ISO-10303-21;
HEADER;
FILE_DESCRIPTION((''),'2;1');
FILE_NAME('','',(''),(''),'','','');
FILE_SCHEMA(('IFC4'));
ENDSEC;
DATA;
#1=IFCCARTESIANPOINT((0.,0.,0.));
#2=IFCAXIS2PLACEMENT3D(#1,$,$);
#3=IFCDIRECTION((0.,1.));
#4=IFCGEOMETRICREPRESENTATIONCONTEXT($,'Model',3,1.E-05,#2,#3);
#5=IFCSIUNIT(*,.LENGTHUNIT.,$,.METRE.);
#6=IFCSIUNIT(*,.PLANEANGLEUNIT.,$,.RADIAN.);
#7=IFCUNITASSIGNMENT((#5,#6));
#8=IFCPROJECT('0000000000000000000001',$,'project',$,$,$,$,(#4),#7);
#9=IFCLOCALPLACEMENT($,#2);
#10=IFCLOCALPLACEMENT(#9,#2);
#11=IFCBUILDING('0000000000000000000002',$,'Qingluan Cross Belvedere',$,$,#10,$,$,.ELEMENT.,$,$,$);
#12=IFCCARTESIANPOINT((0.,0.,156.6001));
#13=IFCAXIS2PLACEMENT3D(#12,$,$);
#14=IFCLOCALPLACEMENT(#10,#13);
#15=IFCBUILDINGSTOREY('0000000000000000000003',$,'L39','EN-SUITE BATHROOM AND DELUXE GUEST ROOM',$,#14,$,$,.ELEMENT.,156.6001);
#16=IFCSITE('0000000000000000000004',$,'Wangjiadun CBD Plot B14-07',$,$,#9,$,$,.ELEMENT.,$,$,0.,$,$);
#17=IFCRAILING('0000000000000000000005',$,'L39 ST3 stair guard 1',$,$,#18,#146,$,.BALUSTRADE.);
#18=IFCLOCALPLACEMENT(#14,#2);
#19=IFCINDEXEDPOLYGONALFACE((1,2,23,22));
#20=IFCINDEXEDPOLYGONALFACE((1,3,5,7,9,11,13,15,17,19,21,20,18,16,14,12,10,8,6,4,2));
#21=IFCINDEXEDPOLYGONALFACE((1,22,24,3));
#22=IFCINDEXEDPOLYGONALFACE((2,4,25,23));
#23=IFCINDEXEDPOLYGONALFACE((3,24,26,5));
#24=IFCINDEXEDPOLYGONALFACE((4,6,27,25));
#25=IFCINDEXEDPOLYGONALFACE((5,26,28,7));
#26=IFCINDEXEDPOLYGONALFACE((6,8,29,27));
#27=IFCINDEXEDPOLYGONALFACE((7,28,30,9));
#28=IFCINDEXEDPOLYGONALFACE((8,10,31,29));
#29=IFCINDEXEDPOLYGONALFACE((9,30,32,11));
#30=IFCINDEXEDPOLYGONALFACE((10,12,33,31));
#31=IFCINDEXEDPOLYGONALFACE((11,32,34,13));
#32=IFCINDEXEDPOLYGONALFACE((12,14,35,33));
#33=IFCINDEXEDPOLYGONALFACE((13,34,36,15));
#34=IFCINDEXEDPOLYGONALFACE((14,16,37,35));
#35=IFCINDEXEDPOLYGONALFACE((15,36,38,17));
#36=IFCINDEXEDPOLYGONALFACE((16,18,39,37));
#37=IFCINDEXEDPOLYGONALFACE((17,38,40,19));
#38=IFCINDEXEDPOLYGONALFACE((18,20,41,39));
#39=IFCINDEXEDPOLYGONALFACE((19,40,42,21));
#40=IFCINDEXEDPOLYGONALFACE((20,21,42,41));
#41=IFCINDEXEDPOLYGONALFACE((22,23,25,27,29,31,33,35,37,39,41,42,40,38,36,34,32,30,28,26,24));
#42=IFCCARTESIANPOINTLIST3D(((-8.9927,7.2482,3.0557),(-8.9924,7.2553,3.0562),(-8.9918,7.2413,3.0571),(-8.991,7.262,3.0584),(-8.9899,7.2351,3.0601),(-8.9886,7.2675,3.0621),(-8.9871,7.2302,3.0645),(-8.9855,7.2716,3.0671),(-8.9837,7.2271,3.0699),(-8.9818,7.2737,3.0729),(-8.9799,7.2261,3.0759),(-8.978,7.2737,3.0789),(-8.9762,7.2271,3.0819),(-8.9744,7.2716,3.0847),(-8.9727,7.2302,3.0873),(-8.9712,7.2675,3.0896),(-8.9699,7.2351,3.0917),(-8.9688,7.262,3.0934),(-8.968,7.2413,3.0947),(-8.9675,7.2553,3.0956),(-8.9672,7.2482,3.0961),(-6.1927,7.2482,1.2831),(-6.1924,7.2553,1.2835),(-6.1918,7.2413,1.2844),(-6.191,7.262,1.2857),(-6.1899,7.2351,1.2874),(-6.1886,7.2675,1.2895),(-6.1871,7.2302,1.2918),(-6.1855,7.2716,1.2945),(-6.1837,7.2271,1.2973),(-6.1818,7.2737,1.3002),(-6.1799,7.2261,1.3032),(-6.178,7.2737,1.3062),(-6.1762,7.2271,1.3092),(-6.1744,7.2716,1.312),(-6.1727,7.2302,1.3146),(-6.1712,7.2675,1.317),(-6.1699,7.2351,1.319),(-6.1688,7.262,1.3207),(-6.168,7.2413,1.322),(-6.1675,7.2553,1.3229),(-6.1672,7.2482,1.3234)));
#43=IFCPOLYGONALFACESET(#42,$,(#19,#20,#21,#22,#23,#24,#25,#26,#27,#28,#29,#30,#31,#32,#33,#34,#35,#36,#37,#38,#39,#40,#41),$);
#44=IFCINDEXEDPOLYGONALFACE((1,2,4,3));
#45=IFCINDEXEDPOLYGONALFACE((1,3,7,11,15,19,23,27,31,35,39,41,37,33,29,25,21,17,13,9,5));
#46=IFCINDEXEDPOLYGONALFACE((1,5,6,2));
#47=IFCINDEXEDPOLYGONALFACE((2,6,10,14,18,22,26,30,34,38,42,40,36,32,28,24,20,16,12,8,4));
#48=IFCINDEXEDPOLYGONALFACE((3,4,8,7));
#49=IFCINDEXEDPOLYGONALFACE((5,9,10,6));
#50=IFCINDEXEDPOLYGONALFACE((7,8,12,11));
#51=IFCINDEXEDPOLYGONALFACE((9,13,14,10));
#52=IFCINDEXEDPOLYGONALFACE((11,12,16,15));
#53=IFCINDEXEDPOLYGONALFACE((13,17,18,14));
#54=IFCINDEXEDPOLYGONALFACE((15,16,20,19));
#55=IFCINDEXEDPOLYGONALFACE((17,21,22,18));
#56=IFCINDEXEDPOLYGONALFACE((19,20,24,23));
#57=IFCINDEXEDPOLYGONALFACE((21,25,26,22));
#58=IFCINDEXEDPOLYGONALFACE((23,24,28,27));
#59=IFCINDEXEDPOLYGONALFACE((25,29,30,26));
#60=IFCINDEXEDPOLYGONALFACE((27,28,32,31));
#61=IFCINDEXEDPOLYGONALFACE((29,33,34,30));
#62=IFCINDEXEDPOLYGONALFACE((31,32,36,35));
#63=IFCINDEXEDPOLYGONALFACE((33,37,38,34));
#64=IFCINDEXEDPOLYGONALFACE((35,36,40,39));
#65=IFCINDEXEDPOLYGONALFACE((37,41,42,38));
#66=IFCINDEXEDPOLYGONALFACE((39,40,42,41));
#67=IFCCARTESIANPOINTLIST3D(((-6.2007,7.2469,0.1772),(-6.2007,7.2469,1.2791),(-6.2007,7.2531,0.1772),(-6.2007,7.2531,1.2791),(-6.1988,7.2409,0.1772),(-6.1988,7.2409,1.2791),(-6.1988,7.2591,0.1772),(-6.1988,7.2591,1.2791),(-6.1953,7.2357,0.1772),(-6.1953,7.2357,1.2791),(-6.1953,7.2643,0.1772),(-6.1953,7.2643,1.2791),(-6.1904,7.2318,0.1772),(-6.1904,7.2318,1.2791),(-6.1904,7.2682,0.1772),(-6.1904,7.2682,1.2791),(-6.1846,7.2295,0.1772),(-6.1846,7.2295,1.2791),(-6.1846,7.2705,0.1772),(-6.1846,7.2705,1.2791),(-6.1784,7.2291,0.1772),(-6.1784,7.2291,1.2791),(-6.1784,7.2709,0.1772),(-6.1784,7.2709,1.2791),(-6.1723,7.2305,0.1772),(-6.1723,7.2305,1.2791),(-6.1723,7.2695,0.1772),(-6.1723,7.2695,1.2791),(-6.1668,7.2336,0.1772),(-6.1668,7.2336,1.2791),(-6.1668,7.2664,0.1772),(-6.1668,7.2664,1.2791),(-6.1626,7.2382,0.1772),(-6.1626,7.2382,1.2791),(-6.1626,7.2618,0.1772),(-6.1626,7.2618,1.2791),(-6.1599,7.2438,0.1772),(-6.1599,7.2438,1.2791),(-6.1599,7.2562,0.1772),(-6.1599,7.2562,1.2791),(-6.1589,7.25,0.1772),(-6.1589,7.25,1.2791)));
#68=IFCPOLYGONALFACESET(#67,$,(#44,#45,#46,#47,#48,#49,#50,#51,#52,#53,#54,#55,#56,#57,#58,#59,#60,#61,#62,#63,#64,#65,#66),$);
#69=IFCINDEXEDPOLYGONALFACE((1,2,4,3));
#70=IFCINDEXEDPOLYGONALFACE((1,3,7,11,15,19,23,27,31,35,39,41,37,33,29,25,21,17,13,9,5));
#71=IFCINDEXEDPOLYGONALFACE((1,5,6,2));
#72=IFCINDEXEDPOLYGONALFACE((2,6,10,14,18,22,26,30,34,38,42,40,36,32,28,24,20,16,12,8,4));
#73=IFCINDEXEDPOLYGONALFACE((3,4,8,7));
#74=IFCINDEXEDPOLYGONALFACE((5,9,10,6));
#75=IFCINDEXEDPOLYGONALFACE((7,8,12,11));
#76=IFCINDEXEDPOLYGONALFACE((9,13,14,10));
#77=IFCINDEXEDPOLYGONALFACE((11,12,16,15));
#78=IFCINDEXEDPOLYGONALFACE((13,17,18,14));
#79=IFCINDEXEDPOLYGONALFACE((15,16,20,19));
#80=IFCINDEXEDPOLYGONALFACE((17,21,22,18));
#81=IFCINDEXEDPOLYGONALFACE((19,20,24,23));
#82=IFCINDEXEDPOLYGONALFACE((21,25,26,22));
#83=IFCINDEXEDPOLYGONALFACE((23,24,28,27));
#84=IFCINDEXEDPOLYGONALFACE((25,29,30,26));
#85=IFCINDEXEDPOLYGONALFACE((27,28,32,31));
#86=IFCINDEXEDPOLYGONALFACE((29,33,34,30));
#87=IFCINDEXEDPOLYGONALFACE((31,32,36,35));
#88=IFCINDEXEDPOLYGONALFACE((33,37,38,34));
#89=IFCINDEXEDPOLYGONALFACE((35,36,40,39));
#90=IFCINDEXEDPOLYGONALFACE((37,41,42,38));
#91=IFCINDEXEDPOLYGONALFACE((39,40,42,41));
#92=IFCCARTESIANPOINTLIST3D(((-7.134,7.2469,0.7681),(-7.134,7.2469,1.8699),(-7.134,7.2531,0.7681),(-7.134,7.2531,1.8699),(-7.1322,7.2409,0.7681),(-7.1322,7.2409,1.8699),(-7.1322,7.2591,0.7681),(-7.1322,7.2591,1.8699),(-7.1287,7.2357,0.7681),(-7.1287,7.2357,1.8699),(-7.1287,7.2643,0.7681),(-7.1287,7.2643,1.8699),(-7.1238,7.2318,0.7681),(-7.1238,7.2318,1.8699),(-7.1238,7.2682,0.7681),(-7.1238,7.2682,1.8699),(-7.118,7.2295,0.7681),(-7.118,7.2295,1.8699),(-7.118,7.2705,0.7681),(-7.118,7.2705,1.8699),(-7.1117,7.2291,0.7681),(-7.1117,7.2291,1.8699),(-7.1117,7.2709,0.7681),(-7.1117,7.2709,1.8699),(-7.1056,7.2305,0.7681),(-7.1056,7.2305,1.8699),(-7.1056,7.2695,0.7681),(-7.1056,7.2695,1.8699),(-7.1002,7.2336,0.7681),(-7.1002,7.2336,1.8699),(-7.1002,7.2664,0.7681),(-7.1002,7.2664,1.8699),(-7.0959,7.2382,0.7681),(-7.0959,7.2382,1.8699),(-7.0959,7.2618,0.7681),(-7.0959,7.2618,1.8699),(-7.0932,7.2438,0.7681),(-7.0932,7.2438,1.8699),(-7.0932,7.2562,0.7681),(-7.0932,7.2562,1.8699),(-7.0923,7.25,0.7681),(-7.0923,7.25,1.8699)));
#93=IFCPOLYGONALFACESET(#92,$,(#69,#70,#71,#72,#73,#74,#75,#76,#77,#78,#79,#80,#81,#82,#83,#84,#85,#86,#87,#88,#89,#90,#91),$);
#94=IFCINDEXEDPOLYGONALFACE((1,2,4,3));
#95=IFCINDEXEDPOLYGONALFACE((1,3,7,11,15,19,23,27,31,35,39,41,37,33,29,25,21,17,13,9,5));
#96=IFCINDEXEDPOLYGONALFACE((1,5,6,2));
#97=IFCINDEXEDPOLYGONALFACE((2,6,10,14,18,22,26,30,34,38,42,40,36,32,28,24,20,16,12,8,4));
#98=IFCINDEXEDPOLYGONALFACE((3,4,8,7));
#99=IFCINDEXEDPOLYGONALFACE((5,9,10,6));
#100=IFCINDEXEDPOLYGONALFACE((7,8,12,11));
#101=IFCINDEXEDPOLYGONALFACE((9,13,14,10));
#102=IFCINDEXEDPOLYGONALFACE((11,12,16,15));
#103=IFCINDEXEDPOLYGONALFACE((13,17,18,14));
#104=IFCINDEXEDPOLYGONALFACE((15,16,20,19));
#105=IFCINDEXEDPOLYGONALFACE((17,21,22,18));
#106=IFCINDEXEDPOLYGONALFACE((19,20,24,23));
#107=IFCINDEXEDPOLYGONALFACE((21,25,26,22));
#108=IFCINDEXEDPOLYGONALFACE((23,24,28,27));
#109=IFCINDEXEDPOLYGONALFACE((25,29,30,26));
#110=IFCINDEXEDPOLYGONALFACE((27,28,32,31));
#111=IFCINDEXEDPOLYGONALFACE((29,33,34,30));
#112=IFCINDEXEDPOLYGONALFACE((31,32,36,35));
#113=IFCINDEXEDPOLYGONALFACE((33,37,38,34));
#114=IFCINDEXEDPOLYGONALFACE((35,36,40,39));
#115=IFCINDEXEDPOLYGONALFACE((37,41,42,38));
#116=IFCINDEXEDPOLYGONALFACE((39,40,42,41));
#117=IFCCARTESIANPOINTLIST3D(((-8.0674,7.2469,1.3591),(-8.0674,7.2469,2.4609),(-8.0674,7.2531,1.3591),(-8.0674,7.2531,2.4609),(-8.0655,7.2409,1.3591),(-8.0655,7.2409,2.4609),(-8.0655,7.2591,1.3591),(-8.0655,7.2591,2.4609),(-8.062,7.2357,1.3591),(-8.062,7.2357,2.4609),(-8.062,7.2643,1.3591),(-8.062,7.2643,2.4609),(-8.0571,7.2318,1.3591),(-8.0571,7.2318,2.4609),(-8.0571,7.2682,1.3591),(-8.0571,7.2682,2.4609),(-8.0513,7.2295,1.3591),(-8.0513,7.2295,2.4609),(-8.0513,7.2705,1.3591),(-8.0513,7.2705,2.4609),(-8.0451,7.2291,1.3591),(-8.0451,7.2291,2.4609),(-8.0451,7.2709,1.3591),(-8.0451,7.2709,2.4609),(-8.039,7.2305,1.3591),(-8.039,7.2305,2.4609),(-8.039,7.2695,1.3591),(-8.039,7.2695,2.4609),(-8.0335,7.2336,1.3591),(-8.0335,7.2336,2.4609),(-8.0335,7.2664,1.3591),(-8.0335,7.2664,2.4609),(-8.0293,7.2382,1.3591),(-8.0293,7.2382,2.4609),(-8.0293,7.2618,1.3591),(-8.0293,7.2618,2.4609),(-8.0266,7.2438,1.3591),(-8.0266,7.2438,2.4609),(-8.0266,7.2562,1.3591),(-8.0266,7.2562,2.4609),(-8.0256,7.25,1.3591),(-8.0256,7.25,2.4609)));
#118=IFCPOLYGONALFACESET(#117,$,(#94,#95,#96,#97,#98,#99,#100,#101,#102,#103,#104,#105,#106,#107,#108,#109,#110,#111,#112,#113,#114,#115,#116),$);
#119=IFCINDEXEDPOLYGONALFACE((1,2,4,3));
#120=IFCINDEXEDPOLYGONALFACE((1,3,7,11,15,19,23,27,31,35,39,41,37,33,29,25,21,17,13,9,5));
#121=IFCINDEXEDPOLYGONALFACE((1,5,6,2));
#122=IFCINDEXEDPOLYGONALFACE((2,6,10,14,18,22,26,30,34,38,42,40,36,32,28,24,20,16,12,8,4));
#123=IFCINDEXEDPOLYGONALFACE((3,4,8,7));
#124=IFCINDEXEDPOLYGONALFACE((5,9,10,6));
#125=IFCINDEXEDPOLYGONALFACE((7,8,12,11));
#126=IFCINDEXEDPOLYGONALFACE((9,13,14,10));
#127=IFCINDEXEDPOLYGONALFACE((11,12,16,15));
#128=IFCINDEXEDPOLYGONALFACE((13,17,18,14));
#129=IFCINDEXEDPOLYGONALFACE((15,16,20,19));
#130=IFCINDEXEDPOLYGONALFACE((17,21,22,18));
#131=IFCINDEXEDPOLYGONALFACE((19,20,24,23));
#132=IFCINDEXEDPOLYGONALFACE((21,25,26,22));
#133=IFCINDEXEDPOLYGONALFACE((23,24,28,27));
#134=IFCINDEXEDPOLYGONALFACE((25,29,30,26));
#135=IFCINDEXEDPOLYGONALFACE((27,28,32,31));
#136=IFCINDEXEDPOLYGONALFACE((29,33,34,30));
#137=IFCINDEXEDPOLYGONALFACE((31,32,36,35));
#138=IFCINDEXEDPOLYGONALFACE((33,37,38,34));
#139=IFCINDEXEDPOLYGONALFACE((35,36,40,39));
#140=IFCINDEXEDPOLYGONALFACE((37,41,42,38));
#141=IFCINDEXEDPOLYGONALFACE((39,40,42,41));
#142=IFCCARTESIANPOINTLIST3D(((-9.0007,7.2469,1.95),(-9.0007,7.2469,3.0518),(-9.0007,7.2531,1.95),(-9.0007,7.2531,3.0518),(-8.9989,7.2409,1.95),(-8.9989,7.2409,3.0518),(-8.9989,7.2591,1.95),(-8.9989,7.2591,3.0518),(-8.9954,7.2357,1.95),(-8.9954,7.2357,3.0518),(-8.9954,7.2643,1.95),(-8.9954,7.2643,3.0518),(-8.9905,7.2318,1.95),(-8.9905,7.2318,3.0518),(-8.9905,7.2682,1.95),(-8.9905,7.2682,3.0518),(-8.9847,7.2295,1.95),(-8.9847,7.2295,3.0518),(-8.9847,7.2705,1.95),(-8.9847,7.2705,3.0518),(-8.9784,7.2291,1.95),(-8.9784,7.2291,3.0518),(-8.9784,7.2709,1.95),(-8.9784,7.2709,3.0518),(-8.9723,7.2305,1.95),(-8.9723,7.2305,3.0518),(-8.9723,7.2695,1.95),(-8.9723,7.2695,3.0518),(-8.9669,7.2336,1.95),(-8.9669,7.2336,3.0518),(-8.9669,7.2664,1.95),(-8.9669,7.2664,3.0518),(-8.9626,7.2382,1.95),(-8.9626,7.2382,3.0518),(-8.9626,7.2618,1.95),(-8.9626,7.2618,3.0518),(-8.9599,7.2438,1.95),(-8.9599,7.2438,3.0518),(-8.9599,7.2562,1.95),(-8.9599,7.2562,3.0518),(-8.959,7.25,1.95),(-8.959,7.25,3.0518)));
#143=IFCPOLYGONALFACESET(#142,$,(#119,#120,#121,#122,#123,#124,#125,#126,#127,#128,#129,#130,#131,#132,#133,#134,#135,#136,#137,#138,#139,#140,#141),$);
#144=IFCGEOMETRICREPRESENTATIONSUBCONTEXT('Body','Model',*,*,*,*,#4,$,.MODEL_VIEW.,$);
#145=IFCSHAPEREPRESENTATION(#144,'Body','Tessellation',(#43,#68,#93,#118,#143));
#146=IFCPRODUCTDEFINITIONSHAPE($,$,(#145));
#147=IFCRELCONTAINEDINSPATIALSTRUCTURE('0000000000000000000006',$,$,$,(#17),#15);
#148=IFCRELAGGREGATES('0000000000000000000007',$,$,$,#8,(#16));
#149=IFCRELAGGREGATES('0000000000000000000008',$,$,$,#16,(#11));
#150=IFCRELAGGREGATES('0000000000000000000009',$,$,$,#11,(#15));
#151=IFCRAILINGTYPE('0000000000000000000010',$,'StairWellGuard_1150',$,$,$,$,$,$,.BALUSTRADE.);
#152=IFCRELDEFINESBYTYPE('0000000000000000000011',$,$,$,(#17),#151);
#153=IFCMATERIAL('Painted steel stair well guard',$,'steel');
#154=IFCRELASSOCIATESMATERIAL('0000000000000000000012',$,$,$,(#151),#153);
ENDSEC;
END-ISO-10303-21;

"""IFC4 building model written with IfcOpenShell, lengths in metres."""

from ifc_helpers import new_model, si_unit, direction, frame, origin, origin_2d, place, context, subcontext, project, spatial, circle, extrude, material, type_object, element, save


model = new_model("IFC4")

# Units and contexts
model_context = context("Model", 3, precision=1e-05, world=origin(), true_north=direction((0.0, 1.0)))
body_context = subcontext(model_context, "Body", "Model", "MODEL_VIEW")
ifc_project = project(units=[si_unit("LENGTHUNIT", "METRE"), si_unit("PLANEANGLEUNIT", "RADIAN")], contexts=[model_context])

# Site, building, storey
site_placement = place(None, origin())
site = spatial("IfcSite", under=ifc_project, at=site_placement, Name="Wangjiadun CBD Plot B14-07", CompositionType="ELEMENT", RefElevation=0.0)
building_placement = place(site_placement, origin())
building = spatial("IfcBuilding", under=site, at=building_placement, Name="Qingluan Cross Belvedere", CompositionType="ELEMENT")
storey_placement = place(building_placement, frame((0.0, 0.0, 156.6001)))
storey = spatial("IfcBuildingStorey", under=building, at=storey_placement, Name="L39", Description="EN-SUITE BATHROOM AND DELUXE GUEST ROOM", CompositionType="ELEMENT", Elevation=156.6001)

# Railing
ifc_material_1 = material(Name="Painted steel stair well guard", Category="steel")
railing_type_1 = type_object("IfcRailingType", Name="StairWellGuard_1150", PredefinedType="BALUSTRADE", material=ifc_material_1)
railing_1_placement = place(storey_placement, frame((-6.1799, 7.25, 0.1772)))
element("IfcRailing", 1, at=railing_1_placement, inside=storey, type_object=railing_type_1, Name="L39 ST3 stair guard 1", PredefinedType="BALUSTRADE", context=body_context, shape_type="SweptSolid", body=[
    extrude(circle(Radius=0.0239, at=origin_2d()), frame((0.0, 0.0, 1.126), z_axis=(-0.844909, 0.0, 0.53491), x_axis=(0.0, -1.0, 0.0)), (0.0, 0.0, 1.0), 3.314),
    extrude(circle(Radius=0.021, at=origin_2d()), origin(), (0.0, 0.0, 1.0), 1.1018),
    extrude(circle(Radius=0.021, at=origin_2d()), frame((-0.9333, 0.0, 0.5908)), (0.0, 0.0, 1.0), 1.1018),
    extrude(circle(Radius=0.021, at=origin_2d()), frame((-1.8667, 0.0, 1.1819)), (0.0, 0.0, 1.0), 1.1018),
    extrude(circle(Radius=0.021, at=origin_2d()), frame((-2.8, 0.0, 1.7727)), (0.0, 0.0, 1.0), 1.1018),
])

save(model, "model.ifc")
